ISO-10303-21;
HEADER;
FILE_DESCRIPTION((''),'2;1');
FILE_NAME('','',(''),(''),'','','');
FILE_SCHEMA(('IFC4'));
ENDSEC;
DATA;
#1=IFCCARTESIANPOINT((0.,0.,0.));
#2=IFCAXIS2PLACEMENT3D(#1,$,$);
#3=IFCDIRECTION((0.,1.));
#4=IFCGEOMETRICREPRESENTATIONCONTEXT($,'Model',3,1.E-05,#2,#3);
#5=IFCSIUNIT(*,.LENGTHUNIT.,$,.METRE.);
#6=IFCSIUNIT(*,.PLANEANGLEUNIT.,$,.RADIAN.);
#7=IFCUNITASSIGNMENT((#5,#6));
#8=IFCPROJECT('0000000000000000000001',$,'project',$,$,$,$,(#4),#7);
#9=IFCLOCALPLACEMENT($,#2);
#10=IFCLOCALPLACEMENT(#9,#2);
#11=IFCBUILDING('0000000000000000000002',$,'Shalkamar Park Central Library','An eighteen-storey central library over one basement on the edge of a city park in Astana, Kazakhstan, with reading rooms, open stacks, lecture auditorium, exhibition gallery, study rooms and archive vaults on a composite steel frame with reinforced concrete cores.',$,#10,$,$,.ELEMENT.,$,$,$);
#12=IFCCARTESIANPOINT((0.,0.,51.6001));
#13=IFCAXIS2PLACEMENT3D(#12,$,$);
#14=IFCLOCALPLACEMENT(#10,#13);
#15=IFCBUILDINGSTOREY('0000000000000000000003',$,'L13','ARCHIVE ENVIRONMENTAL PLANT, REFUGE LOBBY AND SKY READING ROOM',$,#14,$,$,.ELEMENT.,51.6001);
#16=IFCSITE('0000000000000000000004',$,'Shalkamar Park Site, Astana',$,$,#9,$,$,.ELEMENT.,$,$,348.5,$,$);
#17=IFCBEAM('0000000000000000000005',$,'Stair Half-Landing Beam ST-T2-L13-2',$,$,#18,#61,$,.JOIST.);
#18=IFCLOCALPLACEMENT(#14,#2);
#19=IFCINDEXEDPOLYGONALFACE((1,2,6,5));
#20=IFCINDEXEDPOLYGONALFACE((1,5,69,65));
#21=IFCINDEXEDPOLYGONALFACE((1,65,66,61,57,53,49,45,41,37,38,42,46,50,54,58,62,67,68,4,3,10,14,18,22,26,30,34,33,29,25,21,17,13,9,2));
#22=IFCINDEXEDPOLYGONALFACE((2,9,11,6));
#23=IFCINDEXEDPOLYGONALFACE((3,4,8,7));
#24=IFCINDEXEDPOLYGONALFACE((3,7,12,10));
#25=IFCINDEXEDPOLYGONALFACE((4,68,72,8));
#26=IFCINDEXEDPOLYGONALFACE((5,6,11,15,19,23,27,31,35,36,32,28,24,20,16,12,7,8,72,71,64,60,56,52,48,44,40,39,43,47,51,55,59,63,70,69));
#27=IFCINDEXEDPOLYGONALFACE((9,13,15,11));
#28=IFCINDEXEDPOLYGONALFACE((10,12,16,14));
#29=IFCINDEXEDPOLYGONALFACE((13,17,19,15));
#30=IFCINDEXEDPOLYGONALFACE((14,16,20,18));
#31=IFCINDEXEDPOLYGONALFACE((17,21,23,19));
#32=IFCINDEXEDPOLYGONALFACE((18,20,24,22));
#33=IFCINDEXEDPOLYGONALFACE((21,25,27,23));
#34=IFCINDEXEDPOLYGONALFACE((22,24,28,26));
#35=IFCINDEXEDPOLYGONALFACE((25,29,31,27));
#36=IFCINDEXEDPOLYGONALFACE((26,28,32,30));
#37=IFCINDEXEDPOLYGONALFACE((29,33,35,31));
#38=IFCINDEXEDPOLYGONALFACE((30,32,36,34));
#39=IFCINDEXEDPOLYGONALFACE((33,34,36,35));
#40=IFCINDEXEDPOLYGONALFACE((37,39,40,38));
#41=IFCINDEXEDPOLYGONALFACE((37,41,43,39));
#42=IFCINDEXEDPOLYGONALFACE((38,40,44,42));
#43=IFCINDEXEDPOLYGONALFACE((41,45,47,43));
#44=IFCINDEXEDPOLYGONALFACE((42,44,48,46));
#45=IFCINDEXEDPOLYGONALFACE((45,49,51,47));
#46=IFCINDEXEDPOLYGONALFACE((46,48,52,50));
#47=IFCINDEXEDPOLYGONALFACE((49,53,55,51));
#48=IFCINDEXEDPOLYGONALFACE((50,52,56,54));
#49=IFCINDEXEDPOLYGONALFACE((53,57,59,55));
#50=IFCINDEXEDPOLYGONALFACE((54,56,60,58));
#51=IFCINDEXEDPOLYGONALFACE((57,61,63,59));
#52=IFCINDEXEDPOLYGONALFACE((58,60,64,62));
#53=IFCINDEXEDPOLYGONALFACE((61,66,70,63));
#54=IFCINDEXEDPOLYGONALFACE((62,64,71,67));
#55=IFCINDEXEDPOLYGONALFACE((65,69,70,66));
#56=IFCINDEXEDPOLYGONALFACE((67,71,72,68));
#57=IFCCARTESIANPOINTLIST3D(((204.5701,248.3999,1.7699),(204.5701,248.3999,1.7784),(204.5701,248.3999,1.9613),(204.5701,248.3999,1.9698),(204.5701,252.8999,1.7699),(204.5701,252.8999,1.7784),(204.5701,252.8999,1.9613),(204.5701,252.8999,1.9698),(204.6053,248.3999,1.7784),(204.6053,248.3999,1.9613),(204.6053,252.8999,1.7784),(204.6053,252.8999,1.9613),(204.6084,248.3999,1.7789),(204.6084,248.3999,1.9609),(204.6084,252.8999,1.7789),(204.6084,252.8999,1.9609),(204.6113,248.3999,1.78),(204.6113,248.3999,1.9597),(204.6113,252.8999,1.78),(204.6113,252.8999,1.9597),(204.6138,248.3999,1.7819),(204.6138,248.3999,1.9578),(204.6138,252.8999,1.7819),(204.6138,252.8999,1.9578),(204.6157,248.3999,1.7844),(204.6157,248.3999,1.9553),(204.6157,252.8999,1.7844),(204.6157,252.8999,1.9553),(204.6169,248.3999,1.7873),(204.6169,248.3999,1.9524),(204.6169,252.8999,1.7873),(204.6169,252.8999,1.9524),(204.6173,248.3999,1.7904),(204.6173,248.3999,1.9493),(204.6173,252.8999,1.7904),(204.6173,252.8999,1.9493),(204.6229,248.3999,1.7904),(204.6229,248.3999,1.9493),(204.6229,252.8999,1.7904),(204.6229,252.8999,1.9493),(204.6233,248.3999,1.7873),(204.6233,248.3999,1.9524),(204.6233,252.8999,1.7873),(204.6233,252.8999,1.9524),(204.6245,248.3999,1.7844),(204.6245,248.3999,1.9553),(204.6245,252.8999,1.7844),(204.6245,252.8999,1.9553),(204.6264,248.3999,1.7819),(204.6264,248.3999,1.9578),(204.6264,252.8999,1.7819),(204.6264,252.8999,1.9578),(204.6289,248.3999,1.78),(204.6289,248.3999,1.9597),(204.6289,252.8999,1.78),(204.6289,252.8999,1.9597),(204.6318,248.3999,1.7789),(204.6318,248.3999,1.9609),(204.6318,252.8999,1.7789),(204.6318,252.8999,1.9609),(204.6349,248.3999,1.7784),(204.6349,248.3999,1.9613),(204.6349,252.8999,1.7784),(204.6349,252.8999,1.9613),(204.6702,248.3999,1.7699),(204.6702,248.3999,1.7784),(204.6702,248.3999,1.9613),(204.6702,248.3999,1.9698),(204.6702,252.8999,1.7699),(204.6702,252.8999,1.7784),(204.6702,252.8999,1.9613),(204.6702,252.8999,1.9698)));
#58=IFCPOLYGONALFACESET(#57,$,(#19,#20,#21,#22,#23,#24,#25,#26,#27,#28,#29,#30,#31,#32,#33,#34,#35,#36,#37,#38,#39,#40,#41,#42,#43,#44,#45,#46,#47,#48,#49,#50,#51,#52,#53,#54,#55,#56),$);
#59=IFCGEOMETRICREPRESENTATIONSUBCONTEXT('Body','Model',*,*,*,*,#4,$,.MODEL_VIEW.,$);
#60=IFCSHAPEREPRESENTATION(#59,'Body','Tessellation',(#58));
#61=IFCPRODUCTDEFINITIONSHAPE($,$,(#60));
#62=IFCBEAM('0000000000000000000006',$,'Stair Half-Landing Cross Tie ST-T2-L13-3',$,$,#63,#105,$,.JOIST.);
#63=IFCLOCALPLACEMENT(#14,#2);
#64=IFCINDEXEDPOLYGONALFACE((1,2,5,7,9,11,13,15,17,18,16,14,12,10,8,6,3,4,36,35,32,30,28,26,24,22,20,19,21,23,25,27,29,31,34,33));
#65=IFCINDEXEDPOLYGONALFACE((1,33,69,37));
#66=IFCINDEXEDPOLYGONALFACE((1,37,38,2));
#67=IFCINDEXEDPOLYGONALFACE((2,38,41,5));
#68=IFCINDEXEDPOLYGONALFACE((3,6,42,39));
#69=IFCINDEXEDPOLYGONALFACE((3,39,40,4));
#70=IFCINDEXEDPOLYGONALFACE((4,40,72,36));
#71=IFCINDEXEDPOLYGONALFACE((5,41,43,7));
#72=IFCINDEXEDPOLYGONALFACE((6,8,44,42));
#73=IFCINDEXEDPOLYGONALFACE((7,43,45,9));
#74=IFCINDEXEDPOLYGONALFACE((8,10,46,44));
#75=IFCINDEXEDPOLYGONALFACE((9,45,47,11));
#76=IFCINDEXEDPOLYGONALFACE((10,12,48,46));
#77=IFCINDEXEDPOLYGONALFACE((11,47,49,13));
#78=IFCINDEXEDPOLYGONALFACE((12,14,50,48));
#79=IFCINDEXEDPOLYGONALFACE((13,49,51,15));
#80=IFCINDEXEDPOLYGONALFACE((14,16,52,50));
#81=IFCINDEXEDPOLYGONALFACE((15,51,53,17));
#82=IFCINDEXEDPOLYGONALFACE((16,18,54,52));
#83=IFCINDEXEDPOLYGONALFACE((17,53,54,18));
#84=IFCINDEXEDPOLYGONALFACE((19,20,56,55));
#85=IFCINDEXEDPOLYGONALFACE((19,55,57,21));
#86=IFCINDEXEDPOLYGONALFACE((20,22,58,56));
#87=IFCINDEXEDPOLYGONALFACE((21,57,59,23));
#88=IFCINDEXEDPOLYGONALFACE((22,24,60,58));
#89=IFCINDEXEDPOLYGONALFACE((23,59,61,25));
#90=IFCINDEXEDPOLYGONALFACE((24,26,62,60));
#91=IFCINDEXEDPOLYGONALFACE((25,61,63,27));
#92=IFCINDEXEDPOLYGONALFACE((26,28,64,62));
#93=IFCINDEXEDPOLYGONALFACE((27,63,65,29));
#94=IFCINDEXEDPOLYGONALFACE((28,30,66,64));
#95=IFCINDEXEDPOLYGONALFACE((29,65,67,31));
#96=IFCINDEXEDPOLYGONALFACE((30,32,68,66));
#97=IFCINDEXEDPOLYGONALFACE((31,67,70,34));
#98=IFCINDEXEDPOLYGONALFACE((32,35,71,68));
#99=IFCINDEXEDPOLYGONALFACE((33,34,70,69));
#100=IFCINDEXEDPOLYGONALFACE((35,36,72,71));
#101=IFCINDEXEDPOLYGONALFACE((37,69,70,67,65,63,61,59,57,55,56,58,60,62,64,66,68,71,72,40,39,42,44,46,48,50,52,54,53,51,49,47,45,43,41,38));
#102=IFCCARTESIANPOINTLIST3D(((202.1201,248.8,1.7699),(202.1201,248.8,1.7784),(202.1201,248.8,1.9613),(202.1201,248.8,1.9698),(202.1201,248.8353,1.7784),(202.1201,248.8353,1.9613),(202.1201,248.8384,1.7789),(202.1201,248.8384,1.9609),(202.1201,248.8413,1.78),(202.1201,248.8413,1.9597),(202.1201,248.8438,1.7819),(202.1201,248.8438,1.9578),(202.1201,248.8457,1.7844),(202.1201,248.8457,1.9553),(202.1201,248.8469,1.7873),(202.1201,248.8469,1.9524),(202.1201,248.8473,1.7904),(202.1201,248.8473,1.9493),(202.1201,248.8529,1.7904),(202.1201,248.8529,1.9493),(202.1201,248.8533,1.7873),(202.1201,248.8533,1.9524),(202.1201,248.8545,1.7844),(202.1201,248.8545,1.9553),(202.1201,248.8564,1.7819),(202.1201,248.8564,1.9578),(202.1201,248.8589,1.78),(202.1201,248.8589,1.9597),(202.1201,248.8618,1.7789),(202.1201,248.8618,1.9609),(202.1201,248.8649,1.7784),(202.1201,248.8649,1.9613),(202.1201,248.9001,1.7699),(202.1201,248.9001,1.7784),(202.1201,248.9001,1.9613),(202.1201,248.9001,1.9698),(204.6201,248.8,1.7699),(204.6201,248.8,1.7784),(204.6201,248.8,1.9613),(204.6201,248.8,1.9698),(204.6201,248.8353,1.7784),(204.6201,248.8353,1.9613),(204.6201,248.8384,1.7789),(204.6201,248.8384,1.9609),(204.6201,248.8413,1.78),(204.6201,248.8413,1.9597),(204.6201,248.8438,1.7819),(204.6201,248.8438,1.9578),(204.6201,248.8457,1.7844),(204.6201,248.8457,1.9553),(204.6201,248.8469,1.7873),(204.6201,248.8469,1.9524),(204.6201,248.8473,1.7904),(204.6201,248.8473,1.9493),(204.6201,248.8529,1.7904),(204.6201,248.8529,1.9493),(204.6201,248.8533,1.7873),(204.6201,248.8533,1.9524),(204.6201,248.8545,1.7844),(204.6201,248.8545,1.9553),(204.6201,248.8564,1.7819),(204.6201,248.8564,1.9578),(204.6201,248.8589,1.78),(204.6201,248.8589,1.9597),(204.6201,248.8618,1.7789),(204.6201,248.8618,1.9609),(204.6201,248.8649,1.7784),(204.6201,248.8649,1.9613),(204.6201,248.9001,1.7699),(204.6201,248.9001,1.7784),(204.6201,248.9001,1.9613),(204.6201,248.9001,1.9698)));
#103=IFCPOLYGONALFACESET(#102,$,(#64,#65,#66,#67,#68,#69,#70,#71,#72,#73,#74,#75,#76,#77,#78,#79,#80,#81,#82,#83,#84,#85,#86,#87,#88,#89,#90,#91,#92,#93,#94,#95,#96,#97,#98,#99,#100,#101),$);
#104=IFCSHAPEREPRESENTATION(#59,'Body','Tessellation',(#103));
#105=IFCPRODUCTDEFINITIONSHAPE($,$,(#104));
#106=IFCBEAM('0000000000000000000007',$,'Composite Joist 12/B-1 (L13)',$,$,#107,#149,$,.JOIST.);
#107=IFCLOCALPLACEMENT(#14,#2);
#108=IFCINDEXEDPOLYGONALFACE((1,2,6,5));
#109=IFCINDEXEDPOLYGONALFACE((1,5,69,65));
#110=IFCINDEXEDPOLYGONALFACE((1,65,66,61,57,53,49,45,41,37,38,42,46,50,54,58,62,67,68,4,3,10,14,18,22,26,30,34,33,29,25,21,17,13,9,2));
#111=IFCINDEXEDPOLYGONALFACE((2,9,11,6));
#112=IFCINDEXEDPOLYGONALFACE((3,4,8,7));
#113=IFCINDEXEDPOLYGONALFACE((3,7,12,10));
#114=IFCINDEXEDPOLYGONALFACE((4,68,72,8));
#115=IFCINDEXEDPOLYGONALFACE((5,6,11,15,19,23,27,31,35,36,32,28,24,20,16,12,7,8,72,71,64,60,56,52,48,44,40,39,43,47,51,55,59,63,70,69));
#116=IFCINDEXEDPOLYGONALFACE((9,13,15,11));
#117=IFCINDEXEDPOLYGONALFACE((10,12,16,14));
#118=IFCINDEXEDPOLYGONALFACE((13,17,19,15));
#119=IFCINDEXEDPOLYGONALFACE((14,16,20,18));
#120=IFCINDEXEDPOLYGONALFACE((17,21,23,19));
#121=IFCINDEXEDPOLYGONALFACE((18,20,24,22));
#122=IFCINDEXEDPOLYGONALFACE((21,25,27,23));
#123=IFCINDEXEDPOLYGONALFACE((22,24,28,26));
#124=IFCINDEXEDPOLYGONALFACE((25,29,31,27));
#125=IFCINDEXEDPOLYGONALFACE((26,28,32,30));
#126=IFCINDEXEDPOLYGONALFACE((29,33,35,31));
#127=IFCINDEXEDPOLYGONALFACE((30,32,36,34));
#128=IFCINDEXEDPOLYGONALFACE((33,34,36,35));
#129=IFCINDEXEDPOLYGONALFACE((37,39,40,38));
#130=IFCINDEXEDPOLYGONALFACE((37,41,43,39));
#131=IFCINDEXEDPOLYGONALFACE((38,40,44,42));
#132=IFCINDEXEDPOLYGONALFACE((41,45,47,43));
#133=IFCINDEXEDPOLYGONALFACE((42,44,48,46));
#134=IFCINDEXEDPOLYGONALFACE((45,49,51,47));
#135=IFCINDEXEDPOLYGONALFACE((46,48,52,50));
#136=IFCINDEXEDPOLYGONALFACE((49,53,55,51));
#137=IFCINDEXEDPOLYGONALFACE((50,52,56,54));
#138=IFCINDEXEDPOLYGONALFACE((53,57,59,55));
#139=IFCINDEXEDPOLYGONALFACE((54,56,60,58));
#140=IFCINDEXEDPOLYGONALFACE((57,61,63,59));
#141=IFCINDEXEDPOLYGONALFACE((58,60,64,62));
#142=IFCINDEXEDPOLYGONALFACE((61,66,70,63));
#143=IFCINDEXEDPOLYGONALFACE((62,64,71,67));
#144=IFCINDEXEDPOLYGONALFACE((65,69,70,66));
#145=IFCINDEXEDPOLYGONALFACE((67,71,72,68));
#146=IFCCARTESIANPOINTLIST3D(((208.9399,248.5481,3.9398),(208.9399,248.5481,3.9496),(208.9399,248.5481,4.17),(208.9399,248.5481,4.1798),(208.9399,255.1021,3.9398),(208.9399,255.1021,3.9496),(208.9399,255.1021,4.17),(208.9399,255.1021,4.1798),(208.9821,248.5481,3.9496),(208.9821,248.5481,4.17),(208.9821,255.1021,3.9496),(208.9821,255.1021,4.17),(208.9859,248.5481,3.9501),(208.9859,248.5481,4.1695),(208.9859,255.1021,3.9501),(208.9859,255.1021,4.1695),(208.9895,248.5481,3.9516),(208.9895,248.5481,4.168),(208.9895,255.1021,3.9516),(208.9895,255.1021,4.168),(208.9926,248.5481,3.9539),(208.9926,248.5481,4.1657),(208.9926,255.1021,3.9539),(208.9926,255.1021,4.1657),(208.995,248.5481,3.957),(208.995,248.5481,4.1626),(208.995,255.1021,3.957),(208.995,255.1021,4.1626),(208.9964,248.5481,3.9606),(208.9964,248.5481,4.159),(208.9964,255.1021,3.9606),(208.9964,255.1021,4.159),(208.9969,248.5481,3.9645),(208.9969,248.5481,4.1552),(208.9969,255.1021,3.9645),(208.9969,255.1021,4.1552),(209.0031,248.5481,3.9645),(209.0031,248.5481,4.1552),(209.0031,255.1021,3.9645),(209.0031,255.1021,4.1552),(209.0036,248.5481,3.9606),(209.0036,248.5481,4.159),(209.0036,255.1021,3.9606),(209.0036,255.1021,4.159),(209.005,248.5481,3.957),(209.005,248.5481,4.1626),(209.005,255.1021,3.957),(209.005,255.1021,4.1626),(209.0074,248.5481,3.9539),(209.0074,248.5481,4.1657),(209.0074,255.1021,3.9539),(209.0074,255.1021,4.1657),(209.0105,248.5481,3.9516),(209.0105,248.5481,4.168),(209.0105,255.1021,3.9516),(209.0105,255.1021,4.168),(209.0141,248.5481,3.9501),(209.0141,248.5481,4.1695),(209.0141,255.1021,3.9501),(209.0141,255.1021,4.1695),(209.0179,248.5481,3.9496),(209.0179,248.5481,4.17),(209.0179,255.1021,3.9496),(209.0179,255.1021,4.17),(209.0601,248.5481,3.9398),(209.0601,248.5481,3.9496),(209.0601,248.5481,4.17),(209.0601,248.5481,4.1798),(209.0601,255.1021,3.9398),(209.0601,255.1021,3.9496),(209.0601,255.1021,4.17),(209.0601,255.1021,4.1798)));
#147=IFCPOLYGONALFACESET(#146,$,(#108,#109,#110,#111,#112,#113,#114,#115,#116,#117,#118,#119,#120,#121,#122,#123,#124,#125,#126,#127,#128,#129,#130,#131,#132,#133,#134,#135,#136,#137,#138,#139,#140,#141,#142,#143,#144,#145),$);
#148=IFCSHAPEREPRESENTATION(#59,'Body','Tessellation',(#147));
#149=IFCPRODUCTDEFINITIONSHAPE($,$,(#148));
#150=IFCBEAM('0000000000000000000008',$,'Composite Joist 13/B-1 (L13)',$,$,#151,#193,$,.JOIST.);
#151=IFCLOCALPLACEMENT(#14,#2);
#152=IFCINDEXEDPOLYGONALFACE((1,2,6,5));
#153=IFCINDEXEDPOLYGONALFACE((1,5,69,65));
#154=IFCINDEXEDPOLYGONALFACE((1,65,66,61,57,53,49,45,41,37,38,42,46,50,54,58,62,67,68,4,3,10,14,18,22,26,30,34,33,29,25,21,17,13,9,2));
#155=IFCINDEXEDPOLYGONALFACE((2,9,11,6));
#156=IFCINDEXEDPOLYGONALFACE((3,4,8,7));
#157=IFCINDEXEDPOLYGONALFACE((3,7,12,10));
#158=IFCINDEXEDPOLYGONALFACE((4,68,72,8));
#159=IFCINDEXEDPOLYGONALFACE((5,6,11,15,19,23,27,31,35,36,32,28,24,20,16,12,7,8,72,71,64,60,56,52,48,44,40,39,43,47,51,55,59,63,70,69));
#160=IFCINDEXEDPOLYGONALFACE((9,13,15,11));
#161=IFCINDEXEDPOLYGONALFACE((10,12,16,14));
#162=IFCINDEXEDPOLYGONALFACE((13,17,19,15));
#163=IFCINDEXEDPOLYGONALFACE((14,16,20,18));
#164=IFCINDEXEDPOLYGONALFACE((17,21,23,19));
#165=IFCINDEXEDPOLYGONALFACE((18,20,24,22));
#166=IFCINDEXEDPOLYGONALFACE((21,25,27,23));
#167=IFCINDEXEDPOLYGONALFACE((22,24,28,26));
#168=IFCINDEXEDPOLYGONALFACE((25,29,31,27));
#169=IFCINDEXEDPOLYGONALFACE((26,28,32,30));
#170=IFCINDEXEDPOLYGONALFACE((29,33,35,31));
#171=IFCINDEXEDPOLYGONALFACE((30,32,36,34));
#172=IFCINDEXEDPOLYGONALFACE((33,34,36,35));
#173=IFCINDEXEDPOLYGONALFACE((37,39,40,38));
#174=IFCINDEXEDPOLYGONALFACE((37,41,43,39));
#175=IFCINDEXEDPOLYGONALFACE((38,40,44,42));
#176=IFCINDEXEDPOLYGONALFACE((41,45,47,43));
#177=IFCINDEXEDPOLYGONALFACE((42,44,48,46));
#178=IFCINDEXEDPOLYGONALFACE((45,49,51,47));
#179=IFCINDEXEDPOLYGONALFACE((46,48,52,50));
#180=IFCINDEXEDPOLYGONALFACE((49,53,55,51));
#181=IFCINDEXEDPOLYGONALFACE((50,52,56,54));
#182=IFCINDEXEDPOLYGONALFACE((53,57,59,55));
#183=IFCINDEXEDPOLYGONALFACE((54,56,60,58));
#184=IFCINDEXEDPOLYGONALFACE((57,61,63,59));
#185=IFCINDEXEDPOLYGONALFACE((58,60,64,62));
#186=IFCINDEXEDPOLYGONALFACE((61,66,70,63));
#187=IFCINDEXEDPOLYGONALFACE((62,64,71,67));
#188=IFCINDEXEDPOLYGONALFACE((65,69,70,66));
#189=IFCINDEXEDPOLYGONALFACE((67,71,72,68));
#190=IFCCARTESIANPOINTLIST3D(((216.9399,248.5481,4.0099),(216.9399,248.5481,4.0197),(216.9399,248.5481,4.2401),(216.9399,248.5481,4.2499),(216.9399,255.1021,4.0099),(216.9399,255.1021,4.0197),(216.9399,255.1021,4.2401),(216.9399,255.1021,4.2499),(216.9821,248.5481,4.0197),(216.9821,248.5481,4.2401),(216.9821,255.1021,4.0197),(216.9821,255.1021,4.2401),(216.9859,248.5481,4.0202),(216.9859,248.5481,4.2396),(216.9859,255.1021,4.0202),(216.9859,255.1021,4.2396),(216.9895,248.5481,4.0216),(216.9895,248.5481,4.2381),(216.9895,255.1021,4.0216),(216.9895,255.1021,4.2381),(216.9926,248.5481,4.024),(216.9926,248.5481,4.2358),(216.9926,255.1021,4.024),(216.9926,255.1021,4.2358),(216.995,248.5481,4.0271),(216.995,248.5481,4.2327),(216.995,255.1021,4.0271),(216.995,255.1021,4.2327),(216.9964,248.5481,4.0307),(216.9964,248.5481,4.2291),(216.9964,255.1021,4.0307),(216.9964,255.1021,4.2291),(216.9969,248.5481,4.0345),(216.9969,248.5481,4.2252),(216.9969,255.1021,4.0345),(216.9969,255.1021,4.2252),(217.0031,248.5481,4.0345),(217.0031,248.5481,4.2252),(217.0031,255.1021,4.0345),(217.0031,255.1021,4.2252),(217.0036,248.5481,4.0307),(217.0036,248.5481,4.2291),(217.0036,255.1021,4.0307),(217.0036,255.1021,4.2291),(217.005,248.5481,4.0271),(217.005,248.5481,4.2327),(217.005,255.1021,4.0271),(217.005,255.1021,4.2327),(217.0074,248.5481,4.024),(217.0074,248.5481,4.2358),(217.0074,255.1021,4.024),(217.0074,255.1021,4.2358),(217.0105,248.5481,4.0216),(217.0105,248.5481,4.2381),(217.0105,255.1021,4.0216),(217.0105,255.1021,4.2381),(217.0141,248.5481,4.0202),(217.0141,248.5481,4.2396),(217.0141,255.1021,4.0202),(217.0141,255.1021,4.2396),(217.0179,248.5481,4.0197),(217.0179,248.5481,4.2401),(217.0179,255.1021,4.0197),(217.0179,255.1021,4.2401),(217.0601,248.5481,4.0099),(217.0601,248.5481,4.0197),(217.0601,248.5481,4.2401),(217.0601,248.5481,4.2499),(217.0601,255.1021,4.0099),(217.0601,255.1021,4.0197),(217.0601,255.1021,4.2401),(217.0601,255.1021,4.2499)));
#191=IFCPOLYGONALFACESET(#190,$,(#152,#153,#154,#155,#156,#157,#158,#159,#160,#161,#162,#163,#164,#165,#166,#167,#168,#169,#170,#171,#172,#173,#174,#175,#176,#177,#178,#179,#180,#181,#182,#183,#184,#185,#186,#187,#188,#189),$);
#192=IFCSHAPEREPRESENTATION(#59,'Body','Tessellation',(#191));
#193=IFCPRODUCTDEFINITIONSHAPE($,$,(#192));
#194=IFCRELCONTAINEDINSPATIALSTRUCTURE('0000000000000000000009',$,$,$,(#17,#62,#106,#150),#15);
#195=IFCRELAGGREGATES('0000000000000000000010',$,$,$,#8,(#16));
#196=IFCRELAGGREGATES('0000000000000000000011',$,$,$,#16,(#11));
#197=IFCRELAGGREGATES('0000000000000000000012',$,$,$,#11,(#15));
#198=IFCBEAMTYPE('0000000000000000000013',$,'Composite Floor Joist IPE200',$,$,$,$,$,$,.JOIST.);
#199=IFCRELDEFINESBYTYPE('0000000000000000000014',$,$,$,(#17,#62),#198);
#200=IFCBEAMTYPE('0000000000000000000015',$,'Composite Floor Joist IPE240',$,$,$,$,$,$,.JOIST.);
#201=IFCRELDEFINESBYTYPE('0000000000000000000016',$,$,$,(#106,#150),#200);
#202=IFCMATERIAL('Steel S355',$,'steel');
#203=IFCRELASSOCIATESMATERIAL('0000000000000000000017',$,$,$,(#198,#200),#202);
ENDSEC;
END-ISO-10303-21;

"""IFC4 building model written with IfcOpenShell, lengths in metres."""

from ifc_helpers import new_model, si_unit, direction, frame, origin, origin_2d, place, context, subcontext, project, spatial, i_section, extrude, material, material_profile, profile_set, type_object, element, save


model = new_model("IFC4")

# Units and contexts
model_context = context("Model", 3, precision=1e-05, world=origin(), true_north=direction((0.0, 1.0)))
body_context = subcontext(model_context, "Body", "Model", "MODEL_VIEW")
ifc_project = project(units=[si_unit("LENGTHUNIT", "METRE"), si_unit("PLANEANGLEUNIT", "RADIAN")], contexts=[model_context])

# Site, building, storey
site_placement = place(None, origin())
site = spatial("IfcSite", under=ifc_project, at=site_placement, Name="Shalkamar Park Site, Astana", CompositionType="ELEMENT", RefElevation=348.5)
building_placement = place(site_placement, origin())
building = spatial("IfcBuilding", under=site, at=building_placement, Name="Shalkamar Park Central Library", Description="An eighteen-storey central library over one basement on the edge of a city park in Astana, Kazakhstan, with reading rooms, open stacks, lecture auditorium, exhibition gallery, study rooms and archive vaults on a composite steel frame with reinforced concrete cores.", CompositionType="ELEMENT")
storey_placement = place(building_placement, frame((0.0, 0.0, 51.6001)))
storey = spatial("IfcBuildingStorey", under=building, at=storey_placement, Name="L13", Description="ARCHIVE ENVIRONMENTAL PLANT, REFUGE LOBBY AND SKY READING ROOM", CompositionType="ELEMENT", Elevation=51.6001)

# Beams
ifc_material_1 = material(Name="Steel S355", Category="steel")
ifc_material_profile_1 = material_profile(ifc_material_1, i_section(OverallWidth=0.1001, OverallDepth=0.2, WebThickness=0.0056, FlangeThickness=0.0085, FilletRadius=0.012, at=origin_2d()), Name="IPE 200")
ifc_profile_set_1 = profile_set([ifc_material_profile_1], Name="Steel S355")
beam_type_1 = type_object("IfcBeamType", Name="Composite Floor Joist IPE200", PredefinedType="JOIST", material=ifc_profile_set_1)
beam_1_placement = place(storey_placement, frame((204.6201, 248.3999, 1.8699), z_axis=(0.0, 1.0, 0.0), x_axis=(-1.0, 0.0, 0.0)))
element("IfcBeam", 1, at=beam_1_placement, inside=storey, type_object=beam_type_1, Name="Stair Half-Landing Beam ST-T2-L13-2", PredefinedType="JOIST", context=body_context, shape_type="SweptSolid", body=[
    extrude(i_section(OverallWidth=0.1001, OverallDepth=0.2, WebThickness=0.0056, FlangeThickness=0.0085, FilletRadius=0.012, at=origin_2d()), origin(), (0.0, 0.0, 1.0), 4.5),
])
beam_2_placement = place(storey_placement, frame((202.1201, 248.8501, 1.8699), z_axis=(1.0, 0.0, 0.0), x_axis=(0.0, 1.0, 0.0)))
element("IfcBeam", 2, at=beam_2_placement, inside=storey, type_object=beam_type_1, Name="Stair Half-Landing Cross Tie ST-T2-L13-3", PredefinedType="JOIST", context=body_context, shape_type="SweptSolid", body=[
    extrude(i_section(OverallWidth=0.1001, OverallDepth=0.2, WebThickness=0.0056, FlangeThickness=0.0085, FilletRadius=0.012, at=origin_2d()), origin(), (0.0, 0.0, 1.0), 2.5),
])
ifc_material_profile_2 = material_profile(ifc_material_1, i_section(OverallWidth=0.1201, OverallDepth=0.24, WebThickness=0.0061, FlangeThickness=0.0098, FilletRadius=0.0149, at=origin_2d()), Name="IPE 240")
ifc_profile_set_2 = profile_set([ifc_material_profile_2], Name="Steel S355")
beam_type_2 = type_object("IfcBeamType", Name="Composite Floor Joist IPE240", PredefinedType="JOIST", material=ifc_profile_set_2)
for number, where, z_axis, x_axis, name in (
    (3, (209.0, 248.5481, 4.0598), (0.0, 1.0, 0.0), (-1.0, 0.0, 0.0), "Composite Joist 12/B-1 (L13)"),
    (4, (217.0, 248.5481, 4.1299), (0.0, 1.0, 0.0), (-1.0, 0.0, 0.0), "Composite Joist 13/B-1 (L13)"),
):
    element("IfcBeam", number, at=place(storey_placement, frame(where, z_axis=z_axis, x_axis=x_axis)), inside=storey, type_object=beam_type_2, Name=name, PredefinedType="JOIST", context=body_context, shape_type="SweptSolid", body=[
        extrude(i_section(OverallWidth=0.1201, OverallDepth=0.24, WebThickness=0.0061, FlangeThickness=0.0098, FilletRadius=0.0149, at=origin_2d()), origin(), (0.0, 0.0, 1.0), 6.554),
    ])

save(model, "model.ifc")
